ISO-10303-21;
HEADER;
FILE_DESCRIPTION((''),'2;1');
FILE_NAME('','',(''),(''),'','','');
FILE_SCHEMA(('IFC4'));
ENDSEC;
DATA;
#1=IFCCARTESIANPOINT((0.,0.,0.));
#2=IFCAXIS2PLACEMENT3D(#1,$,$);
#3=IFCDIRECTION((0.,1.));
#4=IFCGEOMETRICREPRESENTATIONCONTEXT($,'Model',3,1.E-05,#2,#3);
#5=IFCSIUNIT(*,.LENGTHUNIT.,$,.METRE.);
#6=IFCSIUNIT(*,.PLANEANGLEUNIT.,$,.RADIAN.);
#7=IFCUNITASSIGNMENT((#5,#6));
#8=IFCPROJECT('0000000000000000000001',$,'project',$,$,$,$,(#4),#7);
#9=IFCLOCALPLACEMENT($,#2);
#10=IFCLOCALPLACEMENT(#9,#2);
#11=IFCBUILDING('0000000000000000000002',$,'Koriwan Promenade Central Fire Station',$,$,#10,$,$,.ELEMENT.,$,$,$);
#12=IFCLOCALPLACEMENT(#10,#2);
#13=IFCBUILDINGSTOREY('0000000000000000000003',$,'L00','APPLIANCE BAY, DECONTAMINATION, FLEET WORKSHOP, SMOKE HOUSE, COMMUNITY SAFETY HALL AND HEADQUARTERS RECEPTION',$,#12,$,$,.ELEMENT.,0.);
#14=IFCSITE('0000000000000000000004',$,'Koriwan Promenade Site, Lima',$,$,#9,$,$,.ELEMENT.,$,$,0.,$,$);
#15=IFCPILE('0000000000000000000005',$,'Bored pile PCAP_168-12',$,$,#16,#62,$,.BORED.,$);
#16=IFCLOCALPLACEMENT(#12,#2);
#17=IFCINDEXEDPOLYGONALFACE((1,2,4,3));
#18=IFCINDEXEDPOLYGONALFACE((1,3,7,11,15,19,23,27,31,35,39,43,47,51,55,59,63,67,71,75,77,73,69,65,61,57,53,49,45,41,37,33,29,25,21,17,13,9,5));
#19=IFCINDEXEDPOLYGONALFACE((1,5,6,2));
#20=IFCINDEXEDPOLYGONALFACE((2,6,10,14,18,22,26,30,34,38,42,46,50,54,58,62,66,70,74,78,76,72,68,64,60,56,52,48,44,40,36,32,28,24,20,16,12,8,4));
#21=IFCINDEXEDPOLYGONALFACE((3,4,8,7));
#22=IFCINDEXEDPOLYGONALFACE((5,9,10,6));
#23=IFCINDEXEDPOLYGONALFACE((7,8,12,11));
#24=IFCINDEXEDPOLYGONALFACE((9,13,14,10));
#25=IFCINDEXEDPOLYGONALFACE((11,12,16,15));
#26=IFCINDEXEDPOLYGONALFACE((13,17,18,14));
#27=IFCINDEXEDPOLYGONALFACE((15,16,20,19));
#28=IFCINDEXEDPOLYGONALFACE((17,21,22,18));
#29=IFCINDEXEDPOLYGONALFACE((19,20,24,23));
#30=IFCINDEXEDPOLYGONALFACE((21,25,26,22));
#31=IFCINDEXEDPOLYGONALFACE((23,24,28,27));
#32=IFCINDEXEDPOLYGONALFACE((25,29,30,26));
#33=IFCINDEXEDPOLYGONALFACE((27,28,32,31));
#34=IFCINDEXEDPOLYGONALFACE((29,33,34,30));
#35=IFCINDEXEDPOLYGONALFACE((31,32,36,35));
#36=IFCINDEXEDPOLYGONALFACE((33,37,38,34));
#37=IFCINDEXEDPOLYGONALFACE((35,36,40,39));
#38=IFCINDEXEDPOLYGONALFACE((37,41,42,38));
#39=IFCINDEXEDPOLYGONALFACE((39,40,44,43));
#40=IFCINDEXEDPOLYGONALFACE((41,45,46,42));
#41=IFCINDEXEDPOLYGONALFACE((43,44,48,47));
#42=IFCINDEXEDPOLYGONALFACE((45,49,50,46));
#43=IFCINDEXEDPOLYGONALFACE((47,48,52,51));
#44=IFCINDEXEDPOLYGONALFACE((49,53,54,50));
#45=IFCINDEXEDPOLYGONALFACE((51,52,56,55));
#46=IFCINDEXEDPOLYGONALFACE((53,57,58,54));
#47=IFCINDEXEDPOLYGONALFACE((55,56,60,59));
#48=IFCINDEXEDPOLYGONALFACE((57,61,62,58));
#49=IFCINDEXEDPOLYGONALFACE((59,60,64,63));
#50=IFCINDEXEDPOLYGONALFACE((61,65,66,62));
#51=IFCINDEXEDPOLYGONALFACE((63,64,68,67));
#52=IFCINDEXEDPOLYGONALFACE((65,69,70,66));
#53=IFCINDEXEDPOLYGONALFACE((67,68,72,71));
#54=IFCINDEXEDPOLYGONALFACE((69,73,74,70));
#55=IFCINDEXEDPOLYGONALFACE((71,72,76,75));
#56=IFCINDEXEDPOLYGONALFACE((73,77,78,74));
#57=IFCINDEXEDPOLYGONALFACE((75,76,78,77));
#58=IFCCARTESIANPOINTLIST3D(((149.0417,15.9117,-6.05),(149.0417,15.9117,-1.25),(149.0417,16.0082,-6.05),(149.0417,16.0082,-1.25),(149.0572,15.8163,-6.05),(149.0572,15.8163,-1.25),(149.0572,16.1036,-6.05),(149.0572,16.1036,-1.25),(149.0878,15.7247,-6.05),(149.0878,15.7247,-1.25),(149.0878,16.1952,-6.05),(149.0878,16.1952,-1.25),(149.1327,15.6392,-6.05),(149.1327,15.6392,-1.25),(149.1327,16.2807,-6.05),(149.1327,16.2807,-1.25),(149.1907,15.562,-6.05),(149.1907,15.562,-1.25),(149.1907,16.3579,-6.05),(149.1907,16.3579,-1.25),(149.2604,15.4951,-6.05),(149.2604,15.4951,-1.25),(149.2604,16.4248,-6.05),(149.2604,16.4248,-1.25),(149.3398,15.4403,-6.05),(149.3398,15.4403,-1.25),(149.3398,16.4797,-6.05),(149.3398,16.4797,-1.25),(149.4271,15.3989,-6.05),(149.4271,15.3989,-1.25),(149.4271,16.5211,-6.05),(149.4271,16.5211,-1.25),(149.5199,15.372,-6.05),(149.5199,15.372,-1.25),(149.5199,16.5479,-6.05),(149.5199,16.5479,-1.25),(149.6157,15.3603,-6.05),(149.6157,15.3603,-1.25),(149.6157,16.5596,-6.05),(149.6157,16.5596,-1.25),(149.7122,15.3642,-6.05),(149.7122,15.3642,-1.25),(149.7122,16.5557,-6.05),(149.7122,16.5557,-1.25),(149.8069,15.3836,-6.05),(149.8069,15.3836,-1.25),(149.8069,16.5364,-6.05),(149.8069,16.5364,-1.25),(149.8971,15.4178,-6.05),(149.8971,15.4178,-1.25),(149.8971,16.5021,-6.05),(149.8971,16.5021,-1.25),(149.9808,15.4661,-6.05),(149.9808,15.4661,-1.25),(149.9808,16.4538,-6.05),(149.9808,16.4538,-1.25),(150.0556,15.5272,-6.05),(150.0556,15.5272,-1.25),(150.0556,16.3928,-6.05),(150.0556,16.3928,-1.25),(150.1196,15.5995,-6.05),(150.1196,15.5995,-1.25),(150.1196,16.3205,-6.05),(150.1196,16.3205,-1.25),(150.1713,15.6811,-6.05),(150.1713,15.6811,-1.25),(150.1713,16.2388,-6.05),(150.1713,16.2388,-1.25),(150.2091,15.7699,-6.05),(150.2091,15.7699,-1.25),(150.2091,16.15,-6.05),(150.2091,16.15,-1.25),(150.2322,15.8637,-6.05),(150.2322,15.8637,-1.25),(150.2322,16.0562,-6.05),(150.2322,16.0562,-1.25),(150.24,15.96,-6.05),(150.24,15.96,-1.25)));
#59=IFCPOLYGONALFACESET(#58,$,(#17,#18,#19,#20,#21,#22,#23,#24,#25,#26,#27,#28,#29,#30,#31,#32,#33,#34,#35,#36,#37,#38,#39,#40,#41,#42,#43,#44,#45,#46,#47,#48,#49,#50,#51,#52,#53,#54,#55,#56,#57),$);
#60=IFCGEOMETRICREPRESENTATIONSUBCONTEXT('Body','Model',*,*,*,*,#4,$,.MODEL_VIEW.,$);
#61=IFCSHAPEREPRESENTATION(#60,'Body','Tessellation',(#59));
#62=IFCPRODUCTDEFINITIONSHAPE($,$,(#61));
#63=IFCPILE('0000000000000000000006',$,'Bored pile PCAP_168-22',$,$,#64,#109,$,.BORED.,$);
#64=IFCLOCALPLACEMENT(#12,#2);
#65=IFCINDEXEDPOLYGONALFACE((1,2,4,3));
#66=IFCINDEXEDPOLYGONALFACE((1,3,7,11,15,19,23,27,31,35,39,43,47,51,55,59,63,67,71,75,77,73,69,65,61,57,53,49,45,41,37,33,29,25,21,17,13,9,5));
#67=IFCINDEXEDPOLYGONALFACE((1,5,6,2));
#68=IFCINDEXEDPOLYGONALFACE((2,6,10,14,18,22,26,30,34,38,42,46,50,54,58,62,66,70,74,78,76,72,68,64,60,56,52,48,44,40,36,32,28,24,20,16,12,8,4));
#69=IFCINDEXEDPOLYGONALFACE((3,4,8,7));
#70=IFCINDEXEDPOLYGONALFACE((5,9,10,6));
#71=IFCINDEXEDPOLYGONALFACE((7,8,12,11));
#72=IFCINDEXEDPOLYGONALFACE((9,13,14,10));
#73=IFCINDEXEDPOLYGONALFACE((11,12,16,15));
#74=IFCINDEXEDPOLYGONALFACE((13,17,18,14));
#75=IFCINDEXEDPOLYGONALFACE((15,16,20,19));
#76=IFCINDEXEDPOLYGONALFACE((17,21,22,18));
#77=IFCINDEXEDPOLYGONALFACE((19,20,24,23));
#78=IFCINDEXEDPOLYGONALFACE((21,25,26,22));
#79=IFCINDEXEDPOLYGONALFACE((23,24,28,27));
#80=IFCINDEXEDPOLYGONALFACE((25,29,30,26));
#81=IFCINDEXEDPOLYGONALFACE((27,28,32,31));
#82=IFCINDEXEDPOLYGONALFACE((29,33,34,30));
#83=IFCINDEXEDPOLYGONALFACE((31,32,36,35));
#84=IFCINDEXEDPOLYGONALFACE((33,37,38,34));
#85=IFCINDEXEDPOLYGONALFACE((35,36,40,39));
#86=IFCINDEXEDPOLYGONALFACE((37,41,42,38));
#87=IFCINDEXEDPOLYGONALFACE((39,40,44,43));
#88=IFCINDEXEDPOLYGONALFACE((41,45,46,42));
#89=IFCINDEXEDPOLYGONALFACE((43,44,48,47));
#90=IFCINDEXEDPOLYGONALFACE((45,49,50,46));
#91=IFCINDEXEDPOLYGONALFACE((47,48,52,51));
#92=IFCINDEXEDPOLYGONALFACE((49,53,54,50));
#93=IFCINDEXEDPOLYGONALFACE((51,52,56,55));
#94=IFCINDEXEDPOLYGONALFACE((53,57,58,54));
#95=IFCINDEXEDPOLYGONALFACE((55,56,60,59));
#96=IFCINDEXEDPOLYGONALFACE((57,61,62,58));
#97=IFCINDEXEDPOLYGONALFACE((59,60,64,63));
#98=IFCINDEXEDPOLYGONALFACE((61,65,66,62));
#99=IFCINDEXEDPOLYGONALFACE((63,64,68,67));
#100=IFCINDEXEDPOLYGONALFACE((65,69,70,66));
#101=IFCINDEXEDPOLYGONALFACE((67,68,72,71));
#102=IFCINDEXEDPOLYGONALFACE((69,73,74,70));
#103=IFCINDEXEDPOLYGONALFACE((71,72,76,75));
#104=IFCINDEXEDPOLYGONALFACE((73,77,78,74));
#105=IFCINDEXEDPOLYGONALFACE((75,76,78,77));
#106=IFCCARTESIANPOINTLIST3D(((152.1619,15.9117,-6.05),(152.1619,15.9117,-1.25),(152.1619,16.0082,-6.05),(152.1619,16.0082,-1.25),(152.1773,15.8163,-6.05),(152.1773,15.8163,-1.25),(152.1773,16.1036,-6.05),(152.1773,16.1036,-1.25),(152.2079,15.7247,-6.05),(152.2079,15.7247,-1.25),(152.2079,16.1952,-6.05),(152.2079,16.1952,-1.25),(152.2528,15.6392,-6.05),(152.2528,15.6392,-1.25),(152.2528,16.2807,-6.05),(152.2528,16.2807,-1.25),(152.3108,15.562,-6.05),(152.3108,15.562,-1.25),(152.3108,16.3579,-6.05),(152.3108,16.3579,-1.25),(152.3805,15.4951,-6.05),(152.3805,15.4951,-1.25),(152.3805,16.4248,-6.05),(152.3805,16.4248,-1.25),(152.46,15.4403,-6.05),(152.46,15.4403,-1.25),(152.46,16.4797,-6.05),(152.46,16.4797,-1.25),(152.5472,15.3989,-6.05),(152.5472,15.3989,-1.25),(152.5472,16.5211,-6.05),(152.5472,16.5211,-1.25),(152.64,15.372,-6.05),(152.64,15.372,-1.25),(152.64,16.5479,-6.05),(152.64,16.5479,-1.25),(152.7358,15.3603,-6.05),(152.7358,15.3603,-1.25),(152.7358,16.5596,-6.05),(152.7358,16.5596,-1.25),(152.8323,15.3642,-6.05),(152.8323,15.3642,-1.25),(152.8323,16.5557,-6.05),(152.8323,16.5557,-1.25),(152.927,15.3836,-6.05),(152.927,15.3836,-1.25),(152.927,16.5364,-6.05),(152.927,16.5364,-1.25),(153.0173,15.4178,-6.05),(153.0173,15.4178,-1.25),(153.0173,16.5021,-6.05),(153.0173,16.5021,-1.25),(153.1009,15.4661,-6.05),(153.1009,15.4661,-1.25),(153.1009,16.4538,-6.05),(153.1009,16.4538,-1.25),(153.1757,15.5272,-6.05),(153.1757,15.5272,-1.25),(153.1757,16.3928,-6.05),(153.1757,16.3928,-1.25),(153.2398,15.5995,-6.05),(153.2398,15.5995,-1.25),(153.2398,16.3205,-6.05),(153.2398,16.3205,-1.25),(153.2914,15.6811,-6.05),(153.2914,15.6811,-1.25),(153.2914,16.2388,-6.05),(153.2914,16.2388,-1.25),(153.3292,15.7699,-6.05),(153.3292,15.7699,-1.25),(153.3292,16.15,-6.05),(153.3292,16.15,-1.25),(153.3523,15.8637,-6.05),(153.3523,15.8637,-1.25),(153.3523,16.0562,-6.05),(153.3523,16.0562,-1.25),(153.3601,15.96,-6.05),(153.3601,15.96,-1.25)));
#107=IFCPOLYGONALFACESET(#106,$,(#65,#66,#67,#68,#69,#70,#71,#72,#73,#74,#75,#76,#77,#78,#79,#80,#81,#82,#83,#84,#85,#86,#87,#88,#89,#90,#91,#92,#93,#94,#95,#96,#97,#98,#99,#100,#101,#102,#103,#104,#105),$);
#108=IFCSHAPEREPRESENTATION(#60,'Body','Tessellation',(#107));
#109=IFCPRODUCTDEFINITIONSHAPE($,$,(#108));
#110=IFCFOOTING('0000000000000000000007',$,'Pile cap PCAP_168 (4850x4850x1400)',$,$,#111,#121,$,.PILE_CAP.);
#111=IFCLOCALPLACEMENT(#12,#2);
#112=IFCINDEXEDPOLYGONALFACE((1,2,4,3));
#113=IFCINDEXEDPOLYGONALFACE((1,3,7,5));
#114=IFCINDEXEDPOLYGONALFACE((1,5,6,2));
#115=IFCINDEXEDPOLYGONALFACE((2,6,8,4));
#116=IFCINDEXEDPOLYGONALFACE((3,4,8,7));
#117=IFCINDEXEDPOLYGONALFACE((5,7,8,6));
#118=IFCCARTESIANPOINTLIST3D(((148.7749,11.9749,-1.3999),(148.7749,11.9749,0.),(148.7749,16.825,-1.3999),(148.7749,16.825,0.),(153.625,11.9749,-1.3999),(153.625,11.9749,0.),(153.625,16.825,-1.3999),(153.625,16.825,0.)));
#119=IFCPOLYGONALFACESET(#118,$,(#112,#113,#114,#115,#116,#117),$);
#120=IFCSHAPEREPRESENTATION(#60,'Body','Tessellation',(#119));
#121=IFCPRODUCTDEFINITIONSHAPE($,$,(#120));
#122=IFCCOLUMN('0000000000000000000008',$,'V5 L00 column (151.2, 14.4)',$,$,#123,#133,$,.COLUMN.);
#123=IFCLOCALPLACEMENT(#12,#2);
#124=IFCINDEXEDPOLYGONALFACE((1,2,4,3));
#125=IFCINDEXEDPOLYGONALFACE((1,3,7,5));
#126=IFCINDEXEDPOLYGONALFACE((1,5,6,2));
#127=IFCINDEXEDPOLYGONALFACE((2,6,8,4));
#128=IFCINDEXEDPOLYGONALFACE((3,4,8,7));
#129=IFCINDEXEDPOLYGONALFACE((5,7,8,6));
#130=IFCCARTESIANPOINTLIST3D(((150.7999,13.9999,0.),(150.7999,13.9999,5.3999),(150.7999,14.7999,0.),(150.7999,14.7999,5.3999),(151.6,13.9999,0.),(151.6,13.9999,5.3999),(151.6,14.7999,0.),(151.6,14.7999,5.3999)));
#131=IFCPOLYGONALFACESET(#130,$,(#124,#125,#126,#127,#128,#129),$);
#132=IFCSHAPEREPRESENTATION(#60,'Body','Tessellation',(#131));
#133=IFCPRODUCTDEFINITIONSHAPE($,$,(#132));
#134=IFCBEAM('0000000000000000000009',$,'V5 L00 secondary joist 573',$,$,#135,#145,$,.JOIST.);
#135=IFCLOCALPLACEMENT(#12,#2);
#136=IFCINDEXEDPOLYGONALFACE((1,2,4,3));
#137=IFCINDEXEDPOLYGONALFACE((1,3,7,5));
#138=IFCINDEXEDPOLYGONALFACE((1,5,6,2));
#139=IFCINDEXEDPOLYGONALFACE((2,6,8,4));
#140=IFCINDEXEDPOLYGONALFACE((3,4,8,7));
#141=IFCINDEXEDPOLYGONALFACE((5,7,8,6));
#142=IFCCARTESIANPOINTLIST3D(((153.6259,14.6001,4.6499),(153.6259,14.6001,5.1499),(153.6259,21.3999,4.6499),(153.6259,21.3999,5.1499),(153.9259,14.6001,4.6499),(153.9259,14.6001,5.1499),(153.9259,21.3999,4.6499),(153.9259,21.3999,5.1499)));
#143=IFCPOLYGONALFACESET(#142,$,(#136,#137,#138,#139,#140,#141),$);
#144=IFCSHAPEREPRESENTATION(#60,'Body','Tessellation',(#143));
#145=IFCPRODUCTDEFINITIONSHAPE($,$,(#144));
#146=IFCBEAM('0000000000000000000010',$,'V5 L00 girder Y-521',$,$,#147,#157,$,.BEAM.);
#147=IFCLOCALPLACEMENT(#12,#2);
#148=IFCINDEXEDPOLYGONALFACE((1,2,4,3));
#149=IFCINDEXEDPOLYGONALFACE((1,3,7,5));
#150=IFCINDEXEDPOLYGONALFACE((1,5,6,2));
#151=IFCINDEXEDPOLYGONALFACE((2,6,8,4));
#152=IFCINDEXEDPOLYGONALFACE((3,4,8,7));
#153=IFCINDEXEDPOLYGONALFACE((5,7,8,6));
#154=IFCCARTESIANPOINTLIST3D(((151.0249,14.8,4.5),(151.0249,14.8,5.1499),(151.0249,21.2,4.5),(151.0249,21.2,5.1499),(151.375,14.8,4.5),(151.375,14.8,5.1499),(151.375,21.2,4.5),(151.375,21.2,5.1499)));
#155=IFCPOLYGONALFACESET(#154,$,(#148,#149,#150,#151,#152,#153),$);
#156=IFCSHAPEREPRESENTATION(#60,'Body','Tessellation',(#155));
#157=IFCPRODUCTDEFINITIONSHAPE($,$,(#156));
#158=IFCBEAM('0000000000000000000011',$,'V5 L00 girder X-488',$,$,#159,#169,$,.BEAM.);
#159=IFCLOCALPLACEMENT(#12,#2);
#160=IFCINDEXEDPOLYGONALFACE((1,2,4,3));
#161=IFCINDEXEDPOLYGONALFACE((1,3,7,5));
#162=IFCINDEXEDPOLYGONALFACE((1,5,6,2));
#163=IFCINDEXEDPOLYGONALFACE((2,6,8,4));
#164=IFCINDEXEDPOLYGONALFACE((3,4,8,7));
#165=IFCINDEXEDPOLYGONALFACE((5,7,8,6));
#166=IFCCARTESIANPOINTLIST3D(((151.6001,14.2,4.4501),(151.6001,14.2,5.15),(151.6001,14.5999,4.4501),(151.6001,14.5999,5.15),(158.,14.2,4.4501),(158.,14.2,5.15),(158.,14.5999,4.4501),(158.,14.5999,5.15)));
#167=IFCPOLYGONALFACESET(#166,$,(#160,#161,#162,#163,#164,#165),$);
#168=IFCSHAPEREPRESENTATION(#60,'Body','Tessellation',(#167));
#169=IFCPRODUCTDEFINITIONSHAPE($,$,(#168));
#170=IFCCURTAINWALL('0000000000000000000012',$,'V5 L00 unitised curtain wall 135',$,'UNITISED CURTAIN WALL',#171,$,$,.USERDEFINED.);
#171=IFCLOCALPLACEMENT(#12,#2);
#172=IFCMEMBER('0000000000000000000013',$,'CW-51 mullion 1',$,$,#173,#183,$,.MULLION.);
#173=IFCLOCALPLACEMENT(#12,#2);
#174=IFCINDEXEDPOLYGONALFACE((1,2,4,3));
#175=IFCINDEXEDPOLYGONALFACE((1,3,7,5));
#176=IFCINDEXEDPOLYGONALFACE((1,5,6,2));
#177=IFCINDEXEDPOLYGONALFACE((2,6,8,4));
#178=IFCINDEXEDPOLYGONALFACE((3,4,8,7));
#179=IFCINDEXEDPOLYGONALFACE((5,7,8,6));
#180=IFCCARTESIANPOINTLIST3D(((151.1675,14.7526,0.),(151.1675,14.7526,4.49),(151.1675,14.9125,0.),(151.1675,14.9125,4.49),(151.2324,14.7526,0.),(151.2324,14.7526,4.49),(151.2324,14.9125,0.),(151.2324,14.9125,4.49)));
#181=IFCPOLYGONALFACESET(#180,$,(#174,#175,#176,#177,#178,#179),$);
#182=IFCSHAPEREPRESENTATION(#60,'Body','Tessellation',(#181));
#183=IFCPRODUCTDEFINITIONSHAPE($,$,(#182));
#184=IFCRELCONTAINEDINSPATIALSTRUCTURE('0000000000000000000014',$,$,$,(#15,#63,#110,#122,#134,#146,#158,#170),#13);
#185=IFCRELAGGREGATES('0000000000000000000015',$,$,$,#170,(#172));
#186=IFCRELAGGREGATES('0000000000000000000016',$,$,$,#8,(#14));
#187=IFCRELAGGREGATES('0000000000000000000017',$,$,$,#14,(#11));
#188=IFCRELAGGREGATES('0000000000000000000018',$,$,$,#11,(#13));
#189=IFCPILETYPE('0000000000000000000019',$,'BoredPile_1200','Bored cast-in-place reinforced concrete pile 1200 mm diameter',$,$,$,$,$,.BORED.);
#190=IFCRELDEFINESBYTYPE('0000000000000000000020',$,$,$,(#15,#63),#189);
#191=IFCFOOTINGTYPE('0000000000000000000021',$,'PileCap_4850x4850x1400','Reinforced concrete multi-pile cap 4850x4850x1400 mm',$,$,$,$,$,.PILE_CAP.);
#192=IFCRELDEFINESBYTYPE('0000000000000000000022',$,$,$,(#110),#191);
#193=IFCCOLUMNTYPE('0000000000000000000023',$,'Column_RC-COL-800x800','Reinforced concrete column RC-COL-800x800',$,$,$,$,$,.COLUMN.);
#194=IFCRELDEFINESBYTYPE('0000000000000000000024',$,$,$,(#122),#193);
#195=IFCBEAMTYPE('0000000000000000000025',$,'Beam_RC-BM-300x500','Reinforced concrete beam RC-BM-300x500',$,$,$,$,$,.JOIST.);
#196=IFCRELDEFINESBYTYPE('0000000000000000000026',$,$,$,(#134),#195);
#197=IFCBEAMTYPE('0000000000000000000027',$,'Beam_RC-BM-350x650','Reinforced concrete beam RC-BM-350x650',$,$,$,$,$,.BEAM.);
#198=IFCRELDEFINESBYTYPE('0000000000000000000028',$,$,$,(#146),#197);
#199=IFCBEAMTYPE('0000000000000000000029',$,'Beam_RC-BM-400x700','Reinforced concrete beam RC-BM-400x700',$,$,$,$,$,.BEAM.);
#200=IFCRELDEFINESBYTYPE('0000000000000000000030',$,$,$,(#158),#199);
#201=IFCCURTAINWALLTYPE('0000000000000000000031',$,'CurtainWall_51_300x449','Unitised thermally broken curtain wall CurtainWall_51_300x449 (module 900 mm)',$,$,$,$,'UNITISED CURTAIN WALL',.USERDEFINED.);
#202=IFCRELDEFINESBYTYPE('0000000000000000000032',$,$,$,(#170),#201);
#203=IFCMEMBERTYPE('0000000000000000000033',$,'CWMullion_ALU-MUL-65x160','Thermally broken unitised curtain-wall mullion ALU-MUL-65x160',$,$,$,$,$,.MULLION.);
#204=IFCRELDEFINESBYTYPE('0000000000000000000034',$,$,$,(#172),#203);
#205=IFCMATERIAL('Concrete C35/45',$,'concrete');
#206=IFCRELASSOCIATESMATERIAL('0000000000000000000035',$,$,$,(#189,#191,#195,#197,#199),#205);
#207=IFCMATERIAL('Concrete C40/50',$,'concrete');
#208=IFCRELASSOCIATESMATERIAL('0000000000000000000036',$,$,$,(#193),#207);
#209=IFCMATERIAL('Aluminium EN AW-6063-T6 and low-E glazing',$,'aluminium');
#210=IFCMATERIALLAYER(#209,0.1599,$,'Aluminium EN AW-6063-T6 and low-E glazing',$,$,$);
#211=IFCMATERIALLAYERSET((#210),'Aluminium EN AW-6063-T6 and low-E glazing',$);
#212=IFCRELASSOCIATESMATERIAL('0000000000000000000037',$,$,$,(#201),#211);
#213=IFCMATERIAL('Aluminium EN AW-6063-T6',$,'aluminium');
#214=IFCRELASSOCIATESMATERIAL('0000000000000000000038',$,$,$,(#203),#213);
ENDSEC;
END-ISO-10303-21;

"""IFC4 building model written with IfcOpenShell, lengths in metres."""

from ifc_helpers import new_model, si_unit, direction, frame, origin, origin_2d, place, context, subcontext, project, spatial, rectangle, circle, extrude, material, layer, layer_set, material_profile, profile_set, type_object, element, aggregate, save


model = new_model("IFC4")

# Units and contexts
model_context = context("Model", 3, precision=1e-05, world=origin(), true_north=direction((0.0, 1.0)))
body_context = subcontext(model_context, "Body", "Model", "MODEL_VIEW")
ifc_project = project(units=[si_unit("LENGTHUNIT", "METRE"), si_unit("PLANEANGLEUNIT", "RADIAN")], contexts=[model_context])

# Site, building, storey
site_placement = place(None, origin())
site = spatial("IfcSite", under=ifc_project, at=site_placement, Name="Koriwan Promenade Site, Lima", CompositionType="ELEMENT", RefElevation=0.0)
building_placement = place(site_placement, origin())
building = spatial("IfcBuilding", under=site, at=building_placement, Name="Koriwan Promenade Central Fire Station", CompositionType="ELEMENT")
storey_placement = place(building_placement, origin())
storey = spatial("IfcBuildingStorey", under=building, at=storey_placement, Name="L00", Description="APPLIANCE BAY, DECONTAMINATION, FLEET WORKSHOP, SMOKE HOUSE, COMMUNITY SAFETY HALL AND HEADQUARTERS RECEPTION", CompositionType="ELEMENT", Elevation=0.0)

# Piles
ifc_material_1 = material(Name="Concrete C35/45", Category="concrete")
ifc_material_profile_1 = material_profile(ifc_material_1, circle(Radius=0.6001, at=origin_2d()), Name="PILE-D1200")
ifc_profile_set_1 = profile_set([ifc_material_profile_1], Name="Concrete C35/45")
pile_type = type_object("IfcPileType", Name="BoredPile_1200", Description="Bored cast-in-place reinforced concrete pile 1200 mm diameter", PredefinedType="BORED", material=ifc_profile_set_1)
for number, where, z_axis, x_axis, name in (
    (1, (149.6399, 15.96, -1.25), (0.0, 0.0, -1.0), (1.0, 0.0, 0.0), "Bored pile PCAP_168-12"),
    (2, (152.76, 15.96, -1.25), (0.0, 0.0, -1.0), (1.0, 0.0, 0.0), "Bored pile PCAP_168-22"),
):
    element("IfcPile", number, at=place(storey_placement, frame(where, z_axis=z_axis, x_axis=x_axis)), inside=storey, type_object=pile_type, Name=name, PredefinedType="BORED", context=body_context, shape_type="SweptSolid", body=[
        extrude(circle(Radius=0.6001, at=origin_2d()), origin(), (0.0, 0.0, 1.0), 4.8),
    ])

# Footing
footing_type = type_object("IfcFootingType", Name="PileCap_4850x4850x1400", Description="Reinforced concrete multi-pile cap 4850x4850x1400 mm", PredefinedType="PILE_CAP", material=ifc_material_1)
footing_placement = place(storey_placement, frame((151.2, 14.3999, -1.3999), z_axis=(0.0, 0.0, 1.0), x_axis=(1.0, 0.0, 0.0)))
element("IfcFooting", 3, at=footing_placement, inside=storey, type_object=footing_type, Name="Pile cap PCAP_168 (4850x4850x1400)", PredefinedType="PILE_CAP", context=body_context, shape_type="SweptSolid", body=[
    extrude(rectangle(XDim=4.8501, YDim=4.8501, at=origin_2d()), origin(), (0.0, 0.0, 1.0), 1.3999),
])

# Column
ifc_material_2 = material(Name="Concrete C40/50", Category="concrete")
ifc_material_profile_2 = material_profile(ifc_material_2, rectangle(XDim=0.8, YDim=0.8, at=origin_2d()), Name="RC-COL-800x800")
ifc_profile_set_2 = profile_set([ifc_material_profile_2], Name="Concrete C40/50")
column_type = type_object("IfcColumnType", Name="Column_RC-COL-800x800", Description="Reinforced concrete column RC-COL-800x800", PredefinedType="COLUMN", material=ifc_profile_set_2)
column_placement = place(storey_placement, frame((151.2, 14.3999, 0.0), z_axis=(0.0, 0.0, 1.0), x_axis=(1.0, 0.0, 0.0)))
element("IfcColumn", 4, at=column_placement, inside=storey, type_object=column_type, Name="V5 L00 column (151.2, 14.4)", PredefinedType="COLUMN", context=body_context, shape_type="SweptSolid", body=[
    extrude(rectangle(XDim=0.8, YDim=0.8, at=origin_2d()), origin(), (0.0, 0.0, 1.0), 5.3999),
])

# Beams
ifc_material_profile_3 = material_profile(ifc_material_1, rectangle(XDim=0.3, YDim=0.5, at=origin_2d()), Name="RC-BM-300x500")
ifc_profile_set_3 = profile_set([ifc_material_profile_3], Name="Concrete C35/45")
beam_type_1 = type_object("IfcBeamType", Name="Beam_RC-BM-300x500", Description="Reinforced concrete beam RC-BM-300x500", PredefinedType="JOIST", material=ifc_profile_set_3)
beam_1_placement = place(storey_placement, frame((153.7759, 14.6001, 4.8999), z_axis=(0.0, 1.0, 0.0), x_axis=(-1.0, 0.0, 0.0)))
element("IfcBeam", 5, at=beam_1_placement, inside=storey, type_object=beam_type_1, Name="V5 L00 secondary joist 573", PredefinedType="JOIST", context=body_context, shape_type="SweptSolid", body=[
    extrude(rectangle(XDim=0.3, YDim=0.5, at=origin_2d()), origin(), (0.0, 0.0, 1.0), 6.7998),
])
ifc_material_profile_4 = material_profile(ifc_material_1, rectangle(XDim=0.3501, YDim=0.6499, at=origin_2d()), Name="RC-BM-350x650")
ifc_profile_set_4 = profile_set([ifc_material_profile_4], Name="Concrete C35/45")
beam_type_2 = type_object("IfcBeamType", Name="Beam_RC-BM-350x650", Description="Reinforced concrete beam RC-BM-350x650", PredefinedType="BEAM", material=ifc_profile_set_4)
beam_2_placement = place(storey_placement, frame((151.2, 14.8, 4.825), z_axis=(0.0, 1.0, 0.0), x_axis=(-1.0, 0.0, 0.0)))
element("IfcBeam", 6, at=beam_2_placement, inside=storey, type_object=beam_type_2, Name="V5 L00 girder Y-521", PredefinedType="BEAM", context=body_context, shape_type="SweptSolid", body=[
    extrude(rectangle(XDim=0.3501, YDim=0.6499, at=origin_2d()), origin(), (0.0, 0.0, 1.0), 6.3999),
])
ifc_material_profile_5 = material_profile(ifc_material_1, rectangle(XDim=0.3999, YDim=0.7, at=origin_2d()), Name="RC-BM-400x700")
ifc_profile_set_5 = profile_set([ifc_material_profile_5], Name="Concrete C35/45")
beam_type_3 = type_object("IfcBeamType", Name="Beam_RC-BM-400x700", Description="Reinforced concrete beam RC-BM-400x700", PredefinedType="BEAM", material=ifc_profile_set_5)
beam_3_placement = place(storey_placement, frame((151.6001, 14.3999, 4.8), z_axis=(1.0, 0.0, 0.0), x_axis=(0.0, 1.0, 0.0)))
element("IfcBeam", 7, at=beam_3_placement, inside=storey, type_object=beam_type_3, Name="V5 L00 girder X-488", PredefinedType="BEAM", context=body_context, shape_type="SweptSolid", body=[
    extrude(rectangle(XDim=0.3999, YDim=0.7, at=origin_2d()), origin(), (0.0, 0.0, 1.0), 6.3999),
])

# Curtain wall, member
ifc_material_3 = material(Name="Aluminium EN AW-6063-T6 and low-E glazing", Category="aluminium")
ifc_layer_1 = layer(ifc_material_3, 0.1599, Name="Aluminium EN AW-6063-T6 and low-E glazing")
ifc_layer_set_1 = layer_set([ifc_layer_1], Name="Aluminium EN AW-6063-T6 and low-E glazing")
curtain_wall_type_1 = type_object("IfcCurtainWallType", Name="CurtainWall_51_300x449", Description="Unitised thermally broken curtain wall CurtainWall_51_300x449 (module 900 mm)", ElementType="UNITISED CURTAIN WALL", PredefinedType="USERDEFINED", material=ifc_layer_set_1)
curtain_wall_1_placement = place(storey_placement, origin())
curtain_wall_1 = element("IfcCurtainWall", 8, at=curtain_wall_1_placement, inside=storey, type_object=curtain_wall_type_1, Name="V5 L00 unitised curtain wall 135", ObjectType="UNITISED CURTAIN WALL", PredefinedType="USERDEFINED")
ifc_material_4 = material(Name="Aluminium EN AW-6063-T6", Category="aluminium")
ifc_material_profile_6 = material_profile(ifc_material_4, rectangle(XDim=0.0649, YDim=0.1599, at=origin_2d()), Name="ALU-MUL-65x160")
ifc_profile_set_6 = profile_set([ifc_material_profile_6], Name="Aluminium EN AW-6063-T6")
member_type_1 = type_object("IfcMemberType", Name="CWMullion_ALU-MUL-65x160", Description="Thermally broken unitised curtain-wall mullion ALU-MUL-65x160", PredefinedType="MULLION", material=ifc_profile_set_6)
member_1_placement = place(storey_placement, frame((151.2, 14.8325, 0.0), z_axis=(0.0, 0.0, 1.0), x_axis=(-1.0, 0.0, 0.0)))
member_1 = element("IfcMember", 9, at=member_1_placement, type_object=member_type_1, Name="CW-51 mullion 1", PredefinedType="MULLION", context=body_context, shape_type="SweptSolid", body=[
    extrude(rectangle(XDim=0.0649, YDim=0.1599, at=origin_2d()), origin(), (0.0, 0.0, 1.0), 4.49),
])

aggregate(curtain_wall_1, [member_1])

save(model, "model.ifc")
